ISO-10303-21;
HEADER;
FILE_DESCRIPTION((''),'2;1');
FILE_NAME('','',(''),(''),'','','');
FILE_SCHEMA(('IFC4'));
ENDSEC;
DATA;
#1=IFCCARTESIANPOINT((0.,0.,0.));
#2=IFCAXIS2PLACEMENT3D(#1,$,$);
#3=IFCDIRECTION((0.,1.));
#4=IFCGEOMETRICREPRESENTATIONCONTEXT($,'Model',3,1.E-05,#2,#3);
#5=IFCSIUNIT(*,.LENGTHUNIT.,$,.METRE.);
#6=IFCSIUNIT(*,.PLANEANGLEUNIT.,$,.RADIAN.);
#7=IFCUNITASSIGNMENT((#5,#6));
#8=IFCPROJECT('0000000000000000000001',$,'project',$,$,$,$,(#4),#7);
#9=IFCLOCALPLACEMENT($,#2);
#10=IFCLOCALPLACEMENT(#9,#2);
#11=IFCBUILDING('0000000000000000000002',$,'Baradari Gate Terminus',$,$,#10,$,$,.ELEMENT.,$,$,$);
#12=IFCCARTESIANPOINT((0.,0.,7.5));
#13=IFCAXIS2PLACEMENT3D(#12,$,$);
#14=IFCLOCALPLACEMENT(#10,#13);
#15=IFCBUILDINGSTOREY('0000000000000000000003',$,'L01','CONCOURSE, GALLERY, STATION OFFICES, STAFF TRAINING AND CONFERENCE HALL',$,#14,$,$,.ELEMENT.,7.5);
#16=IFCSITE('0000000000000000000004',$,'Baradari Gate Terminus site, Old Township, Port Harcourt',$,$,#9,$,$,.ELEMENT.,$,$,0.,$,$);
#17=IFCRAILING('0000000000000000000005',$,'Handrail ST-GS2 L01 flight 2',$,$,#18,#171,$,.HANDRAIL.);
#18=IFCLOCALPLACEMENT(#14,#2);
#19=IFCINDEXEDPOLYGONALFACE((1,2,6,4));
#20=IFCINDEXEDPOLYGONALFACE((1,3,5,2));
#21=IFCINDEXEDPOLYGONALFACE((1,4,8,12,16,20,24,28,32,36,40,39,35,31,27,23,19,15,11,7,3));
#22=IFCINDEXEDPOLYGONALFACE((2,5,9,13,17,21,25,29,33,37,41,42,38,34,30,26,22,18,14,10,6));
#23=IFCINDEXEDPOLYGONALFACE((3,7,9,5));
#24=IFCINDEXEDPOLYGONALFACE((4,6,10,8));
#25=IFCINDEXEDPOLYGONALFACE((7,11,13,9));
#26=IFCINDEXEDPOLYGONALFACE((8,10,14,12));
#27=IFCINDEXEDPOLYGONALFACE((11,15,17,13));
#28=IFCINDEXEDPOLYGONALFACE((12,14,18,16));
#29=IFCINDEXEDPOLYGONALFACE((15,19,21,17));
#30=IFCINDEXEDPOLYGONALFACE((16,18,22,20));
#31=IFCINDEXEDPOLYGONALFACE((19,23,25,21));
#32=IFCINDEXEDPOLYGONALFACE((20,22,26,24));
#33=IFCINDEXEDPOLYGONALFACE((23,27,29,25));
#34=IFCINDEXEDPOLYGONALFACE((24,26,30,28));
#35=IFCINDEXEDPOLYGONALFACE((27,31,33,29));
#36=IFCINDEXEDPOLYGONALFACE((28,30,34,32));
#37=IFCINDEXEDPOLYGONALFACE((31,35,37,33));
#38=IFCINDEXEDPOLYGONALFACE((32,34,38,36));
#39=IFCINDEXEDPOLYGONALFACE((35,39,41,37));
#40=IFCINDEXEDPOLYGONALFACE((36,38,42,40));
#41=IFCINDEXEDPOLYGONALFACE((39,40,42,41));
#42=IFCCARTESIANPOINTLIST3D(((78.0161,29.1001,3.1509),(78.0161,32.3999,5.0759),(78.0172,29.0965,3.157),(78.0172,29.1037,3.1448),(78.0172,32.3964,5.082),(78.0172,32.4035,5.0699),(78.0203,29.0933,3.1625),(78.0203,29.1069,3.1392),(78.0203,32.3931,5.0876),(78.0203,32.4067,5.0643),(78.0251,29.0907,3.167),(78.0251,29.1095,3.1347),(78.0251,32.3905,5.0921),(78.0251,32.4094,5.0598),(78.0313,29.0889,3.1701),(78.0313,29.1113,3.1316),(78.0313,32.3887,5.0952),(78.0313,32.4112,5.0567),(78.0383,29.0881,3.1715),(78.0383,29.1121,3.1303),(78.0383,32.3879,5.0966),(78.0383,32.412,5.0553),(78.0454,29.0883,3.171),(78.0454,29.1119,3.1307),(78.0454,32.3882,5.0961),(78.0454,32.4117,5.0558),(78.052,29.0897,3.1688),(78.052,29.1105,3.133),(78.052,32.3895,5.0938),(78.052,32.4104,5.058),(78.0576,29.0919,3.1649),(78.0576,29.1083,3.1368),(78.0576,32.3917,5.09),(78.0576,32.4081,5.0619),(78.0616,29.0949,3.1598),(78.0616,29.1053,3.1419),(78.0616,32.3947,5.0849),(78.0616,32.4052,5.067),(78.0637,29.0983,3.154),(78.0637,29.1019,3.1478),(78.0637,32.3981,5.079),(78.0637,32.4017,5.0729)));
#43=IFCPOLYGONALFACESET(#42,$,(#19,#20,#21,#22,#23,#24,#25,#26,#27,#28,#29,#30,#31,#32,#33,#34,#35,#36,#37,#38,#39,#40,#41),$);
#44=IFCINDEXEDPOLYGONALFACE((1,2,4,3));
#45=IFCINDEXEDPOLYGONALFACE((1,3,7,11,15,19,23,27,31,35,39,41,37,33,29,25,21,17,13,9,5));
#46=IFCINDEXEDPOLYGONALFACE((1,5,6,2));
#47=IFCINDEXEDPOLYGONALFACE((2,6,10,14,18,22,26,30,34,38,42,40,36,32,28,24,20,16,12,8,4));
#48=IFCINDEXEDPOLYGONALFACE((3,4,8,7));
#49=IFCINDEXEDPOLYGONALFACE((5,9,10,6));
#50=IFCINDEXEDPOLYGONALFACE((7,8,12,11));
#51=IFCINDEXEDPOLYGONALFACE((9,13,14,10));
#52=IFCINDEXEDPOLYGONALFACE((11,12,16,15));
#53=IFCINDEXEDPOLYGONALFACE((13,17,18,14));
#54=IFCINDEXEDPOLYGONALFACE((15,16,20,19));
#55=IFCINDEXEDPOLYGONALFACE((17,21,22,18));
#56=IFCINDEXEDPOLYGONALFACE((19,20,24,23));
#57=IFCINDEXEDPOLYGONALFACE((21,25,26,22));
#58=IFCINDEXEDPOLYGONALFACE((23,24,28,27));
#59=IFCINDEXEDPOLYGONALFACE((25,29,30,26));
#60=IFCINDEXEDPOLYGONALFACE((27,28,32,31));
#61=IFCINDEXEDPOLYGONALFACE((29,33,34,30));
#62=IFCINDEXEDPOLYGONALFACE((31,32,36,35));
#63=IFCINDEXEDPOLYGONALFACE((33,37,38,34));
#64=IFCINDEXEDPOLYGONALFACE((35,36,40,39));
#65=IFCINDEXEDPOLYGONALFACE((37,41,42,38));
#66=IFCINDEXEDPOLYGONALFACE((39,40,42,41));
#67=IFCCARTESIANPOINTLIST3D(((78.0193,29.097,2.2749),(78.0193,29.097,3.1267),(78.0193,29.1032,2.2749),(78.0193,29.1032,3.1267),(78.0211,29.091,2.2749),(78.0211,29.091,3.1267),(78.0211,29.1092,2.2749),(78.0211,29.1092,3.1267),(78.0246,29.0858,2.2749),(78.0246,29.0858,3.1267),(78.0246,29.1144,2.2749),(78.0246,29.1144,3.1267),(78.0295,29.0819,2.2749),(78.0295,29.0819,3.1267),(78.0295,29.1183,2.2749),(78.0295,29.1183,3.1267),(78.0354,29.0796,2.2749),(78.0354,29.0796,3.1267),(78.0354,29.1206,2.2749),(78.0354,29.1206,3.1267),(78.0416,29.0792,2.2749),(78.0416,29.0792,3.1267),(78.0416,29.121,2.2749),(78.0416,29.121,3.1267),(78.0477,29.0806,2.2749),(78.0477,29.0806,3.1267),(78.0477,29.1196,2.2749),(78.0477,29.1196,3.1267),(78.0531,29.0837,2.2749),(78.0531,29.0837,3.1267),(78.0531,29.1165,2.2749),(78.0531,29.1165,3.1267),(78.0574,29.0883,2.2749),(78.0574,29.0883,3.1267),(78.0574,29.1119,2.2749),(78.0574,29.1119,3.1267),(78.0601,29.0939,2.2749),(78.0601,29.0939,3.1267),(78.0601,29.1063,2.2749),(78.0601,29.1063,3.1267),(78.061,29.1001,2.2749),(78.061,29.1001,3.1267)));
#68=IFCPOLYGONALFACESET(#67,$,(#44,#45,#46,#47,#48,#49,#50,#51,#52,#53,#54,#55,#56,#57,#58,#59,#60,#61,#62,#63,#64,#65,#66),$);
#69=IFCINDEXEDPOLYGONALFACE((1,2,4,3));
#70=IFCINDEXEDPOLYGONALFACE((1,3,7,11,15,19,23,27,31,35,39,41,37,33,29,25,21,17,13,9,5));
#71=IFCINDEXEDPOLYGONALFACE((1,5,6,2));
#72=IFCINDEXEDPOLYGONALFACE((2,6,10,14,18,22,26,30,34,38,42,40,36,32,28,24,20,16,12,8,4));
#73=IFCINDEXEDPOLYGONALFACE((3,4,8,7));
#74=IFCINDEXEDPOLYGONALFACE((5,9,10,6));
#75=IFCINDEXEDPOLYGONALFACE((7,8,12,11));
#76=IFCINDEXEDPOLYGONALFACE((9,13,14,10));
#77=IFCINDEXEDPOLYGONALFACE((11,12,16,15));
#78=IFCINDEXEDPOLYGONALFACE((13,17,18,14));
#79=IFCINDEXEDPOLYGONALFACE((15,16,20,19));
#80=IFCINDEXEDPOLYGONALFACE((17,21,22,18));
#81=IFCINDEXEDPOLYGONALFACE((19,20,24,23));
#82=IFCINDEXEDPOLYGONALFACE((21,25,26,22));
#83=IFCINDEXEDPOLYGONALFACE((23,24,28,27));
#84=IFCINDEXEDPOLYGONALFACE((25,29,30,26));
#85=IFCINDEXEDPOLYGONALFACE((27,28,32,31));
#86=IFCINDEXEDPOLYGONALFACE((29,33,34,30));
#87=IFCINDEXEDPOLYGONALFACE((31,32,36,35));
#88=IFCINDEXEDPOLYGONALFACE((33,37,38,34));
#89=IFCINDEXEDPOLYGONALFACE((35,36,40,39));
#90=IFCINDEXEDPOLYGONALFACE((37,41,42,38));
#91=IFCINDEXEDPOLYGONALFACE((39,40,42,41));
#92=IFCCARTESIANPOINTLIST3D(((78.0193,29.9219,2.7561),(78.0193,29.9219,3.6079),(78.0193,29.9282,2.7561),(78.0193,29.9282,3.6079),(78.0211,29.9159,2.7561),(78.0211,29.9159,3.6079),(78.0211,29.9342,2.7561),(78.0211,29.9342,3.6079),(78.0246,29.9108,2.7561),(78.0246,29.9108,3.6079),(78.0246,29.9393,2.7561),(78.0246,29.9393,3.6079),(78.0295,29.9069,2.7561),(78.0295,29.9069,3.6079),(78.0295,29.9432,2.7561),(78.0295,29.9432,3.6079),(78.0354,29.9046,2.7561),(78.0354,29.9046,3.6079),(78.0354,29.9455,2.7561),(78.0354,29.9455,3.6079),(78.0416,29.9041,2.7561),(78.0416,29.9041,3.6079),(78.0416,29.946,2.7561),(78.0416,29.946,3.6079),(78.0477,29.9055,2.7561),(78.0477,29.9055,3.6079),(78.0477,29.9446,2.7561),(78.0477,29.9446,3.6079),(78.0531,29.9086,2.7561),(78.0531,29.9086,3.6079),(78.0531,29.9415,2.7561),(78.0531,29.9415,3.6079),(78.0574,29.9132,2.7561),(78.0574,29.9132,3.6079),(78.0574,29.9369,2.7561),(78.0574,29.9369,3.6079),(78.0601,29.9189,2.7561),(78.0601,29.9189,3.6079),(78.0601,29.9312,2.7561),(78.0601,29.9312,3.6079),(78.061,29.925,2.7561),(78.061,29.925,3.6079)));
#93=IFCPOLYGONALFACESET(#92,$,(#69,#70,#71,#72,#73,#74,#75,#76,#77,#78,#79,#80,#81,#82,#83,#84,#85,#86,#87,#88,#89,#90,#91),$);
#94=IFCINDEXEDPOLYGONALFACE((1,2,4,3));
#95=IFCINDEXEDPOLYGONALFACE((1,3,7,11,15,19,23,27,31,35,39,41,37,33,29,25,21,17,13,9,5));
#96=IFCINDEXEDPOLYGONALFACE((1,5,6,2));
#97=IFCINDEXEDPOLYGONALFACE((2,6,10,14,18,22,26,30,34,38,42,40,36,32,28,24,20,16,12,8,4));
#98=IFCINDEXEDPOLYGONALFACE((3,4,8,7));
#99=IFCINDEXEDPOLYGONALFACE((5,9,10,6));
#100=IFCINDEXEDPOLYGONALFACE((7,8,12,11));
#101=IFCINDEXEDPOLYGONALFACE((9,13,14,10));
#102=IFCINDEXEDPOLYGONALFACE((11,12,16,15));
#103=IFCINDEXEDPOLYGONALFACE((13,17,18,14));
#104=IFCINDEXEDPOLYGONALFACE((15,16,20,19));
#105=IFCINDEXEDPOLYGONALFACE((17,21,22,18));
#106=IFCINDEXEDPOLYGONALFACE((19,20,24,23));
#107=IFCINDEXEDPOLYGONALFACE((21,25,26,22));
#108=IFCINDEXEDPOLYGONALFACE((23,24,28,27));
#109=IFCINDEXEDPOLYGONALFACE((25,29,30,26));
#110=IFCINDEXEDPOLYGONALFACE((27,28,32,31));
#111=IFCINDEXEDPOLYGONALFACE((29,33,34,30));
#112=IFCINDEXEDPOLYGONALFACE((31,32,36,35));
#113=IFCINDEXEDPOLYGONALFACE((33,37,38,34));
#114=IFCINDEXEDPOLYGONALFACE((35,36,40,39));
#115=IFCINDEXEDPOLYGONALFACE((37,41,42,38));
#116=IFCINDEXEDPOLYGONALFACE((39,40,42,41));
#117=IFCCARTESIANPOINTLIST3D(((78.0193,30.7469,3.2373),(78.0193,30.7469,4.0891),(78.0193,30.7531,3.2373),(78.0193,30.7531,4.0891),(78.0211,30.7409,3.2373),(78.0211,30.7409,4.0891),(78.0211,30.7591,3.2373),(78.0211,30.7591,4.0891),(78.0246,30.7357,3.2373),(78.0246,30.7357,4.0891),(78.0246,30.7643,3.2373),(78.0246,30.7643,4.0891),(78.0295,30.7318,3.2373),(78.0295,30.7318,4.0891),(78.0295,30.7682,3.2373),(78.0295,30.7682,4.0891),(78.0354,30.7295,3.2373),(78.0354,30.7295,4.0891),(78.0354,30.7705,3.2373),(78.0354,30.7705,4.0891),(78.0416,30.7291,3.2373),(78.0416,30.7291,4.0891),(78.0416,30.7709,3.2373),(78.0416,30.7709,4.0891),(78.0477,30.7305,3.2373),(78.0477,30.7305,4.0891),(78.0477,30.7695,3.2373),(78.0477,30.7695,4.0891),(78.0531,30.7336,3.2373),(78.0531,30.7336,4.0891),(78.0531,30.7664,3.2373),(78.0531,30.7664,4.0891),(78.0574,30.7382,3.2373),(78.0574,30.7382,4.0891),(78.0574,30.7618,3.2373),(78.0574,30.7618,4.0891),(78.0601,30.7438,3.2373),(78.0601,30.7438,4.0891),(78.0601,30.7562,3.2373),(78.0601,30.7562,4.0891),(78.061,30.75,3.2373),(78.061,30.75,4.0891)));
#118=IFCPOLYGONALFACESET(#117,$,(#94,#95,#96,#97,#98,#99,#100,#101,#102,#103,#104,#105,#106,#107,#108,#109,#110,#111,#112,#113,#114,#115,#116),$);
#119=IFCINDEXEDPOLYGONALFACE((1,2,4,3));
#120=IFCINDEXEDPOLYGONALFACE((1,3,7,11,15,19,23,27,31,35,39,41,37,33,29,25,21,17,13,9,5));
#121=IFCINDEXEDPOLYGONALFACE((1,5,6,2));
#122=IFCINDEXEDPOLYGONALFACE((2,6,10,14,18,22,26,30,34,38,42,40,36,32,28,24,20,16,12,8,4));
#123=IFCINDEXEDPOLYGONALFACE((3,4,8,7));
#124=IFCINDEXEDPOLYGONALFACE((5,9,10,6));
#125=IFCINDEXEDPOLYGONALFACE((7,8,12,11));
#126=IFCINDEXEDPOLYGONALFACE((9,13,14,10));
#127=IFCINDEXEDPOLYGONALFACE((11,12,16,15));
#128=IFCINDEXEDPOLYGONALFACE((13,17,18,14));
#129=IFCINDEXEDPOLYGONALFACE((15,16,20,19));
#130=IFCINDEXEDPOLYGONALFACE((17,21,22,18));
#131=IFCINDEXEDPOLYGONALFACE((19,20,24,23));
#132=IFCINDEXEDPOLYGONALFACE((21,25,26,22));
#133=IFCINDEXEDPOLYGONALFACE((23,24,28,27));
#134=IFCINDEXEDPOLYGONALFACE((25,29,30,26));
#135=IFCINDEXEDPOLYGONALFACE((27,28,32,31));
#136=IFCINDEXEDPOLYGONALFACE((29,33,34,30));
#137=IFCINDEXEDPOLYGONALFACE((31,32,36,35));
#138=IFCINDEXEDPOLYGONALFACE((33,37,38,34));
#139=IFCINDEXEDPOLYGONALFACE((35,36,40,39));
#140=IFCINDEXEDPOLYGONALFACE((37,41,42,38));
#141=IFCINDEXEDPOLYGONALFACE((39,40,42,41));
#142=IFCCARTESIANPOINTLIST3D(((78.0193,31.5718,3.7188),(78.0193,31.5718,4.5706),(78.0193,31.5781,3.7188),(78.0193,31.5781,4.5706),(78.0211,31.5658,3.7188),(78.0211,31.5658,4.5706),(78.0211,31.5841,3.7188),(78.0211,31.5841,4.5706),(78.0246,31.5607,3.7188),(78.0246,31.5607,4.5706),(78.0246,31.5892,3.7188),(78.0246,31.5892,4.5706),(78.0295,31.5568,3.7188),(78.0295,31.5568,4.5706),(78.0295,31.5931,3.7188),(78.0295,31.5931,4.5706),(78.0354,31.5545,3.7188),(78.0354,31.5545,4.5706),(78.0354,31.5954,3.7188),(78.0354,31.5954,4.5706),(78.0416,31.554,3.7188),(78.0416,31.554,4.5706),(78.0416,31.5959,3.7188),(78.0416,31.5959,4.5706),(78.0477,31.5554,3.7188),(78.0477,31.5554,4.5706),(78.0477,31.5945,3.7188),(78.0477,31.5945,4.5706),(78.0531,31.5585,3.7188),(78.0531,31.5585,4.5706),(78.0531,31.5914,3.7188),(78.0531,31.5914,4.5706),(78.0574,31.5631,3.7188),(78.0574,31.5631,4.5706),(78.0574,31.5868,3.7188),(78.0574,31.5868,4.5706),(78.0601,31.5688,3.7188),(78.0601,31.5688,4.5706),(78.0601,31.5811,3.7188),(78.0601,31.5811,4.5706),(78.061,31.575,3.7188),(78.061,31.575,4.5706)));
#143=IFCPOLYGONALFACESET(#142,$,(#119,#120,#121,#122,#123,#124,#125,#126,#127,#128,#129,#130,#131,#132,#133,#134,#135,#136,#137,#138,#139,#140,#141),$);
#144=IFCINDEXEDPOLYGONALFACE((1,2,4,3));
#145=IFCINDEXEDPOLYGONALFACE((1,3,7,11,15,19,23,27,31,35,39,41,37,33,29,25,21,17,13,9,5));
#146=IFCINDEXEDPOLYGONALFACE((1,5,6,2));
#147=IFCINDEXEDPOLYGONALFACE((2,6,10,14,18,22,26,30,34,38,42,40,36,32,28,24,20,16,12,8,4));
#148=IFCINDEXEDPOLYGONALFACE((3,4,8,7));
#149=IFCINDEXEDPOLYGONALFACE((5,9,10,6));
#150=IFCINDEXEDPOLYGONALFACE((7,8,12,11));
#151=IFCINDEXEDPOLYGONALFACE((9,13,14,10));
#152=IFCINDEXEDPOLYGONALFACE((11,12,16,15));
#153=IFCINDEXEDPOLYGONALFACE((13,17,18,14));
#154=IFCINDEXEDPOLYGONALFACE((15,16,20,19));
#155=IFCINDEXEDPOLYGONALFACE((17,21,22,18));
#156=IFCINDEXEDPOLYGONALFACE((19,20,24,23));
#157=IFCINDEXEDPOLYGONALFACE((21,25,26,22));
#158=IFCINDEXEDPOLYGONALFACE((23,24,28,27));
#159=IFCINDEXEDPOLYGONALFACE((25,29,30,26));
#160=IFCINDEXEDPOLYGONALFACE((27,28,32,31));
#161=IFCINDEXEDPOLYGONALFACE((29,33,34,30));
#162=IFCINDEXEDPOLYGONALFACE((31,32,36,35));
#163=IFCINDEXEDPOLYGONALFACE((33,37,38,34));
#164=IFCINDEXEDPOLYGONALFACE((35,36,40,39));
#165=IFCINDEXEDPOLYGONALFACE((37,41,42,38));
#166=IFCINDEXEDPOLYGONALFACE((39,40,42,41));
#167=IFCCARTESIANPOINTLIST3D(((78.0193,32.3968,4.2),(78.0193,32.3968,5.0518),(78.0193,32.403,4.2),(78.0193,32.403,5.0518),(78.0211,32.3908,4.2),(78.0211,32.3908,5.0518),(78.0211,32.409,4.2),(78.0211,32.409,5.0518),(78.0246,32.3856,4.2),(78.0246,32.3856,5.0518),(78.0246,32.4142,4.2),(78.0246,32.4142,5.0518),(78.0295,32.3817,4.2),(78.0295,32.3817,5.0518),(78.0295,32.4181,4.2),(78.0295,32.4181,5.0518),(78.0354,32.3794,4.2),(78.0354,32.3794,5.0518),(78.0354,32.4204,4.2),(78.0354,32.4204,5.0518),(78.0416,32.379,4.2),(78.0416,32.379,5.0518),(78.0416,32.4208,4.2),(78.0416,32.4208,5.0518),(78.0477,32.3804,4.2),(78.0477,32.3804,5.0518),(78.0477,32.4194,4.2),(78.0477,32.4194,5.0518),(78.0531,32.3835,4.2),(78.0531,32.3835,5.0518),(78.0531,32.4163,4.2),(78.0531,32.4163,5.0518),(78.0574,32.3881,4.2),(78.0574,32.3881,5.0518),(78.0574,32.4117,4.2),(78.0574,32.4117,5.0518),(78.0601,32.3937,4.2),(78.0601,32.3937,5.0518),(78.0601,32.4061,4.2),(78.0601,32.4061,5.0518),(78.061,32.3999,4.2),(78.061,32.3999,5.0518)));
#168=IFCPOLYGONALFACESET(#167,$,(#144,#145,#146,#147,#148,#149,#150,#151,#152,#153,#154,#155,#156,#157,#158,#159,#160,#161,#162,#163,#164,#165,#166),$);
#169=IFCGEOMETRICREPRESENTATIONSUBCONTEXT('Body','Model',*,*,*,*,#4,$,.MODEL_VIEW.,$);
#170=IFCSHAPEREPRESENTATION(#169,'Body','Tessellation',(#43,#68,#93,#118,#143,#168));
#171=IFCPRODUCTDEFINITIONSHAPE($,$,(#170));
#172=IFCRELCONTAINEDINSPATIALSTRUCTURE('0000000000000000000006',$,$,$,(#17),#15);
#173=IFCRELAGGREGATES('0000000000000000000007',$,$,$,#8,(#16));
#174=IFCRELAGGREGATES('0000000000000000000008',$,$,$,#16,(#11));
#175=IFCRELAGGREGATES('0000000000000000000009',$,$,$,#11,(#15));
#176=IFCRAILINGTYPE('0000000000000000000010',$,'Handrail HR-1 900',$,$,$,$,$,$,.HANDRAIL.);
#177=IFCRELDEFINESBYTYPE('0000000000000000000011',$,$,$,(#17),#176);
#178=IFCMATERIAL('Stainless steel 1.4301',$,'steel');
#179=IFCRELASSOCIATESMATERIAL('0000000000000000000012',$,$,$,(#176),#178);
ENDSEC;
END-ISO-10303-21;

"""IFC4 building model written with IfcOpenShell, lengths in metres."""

from ifc_helpers import new_model, si_unit, direction, frame, origin, origin_2d, place, context, subcontext, project, spatial, circle, extrude, material, type_object, element, save


model = new_model("IFC4")

# Units and contexts
model_context = context("Model", 3, precision=1e-05, world=origin(), true_north=direction((0.0, 1.0)))
body_context = subcontext(model_context, "Body", "Model", "MODEL_VIEW")
ifc_project = project(units=[si_unit("LENGTHUNIT", "METRE"), si_unit("PLANEANGLEUNIT", "RADIAN")], contexts=[model_context])

# Site, building, storey
site_placement = place(None, origin())
site = spatial("IfcSite", under=ifc_project, at=site_placement, Name="Baradari Gate Terminus site, Old Township, Port Harcourt", CompositionType="ELEMENT", RefElevation=0.0)
building_placement = place(site_placement, origin())
building = spatial("IfcBuilding", under=site, at=building_placement, Name="Baradari Gate Terminus", CompositionType="ELEMENT")
storey_placement = place(building_placement, frame((0.0, 0.0, 7.5)))
storey = spatial("IfcBuildingStorey", under=building, at=storey_placement, Name="L01", Description="CONCOURSE, GALLERY, STATION OFFICES, STAFF TRAINING AND CONFERENCE HALL", CompositionType="ELEMENT", Elevation=7.5)

# Railing
ifc_material_1 = material(Name="Stainless steel 1.4301", Category="steel")
railing_type = type_object("IfcRailingType", Name="Handrail HR-1 900", PredefinedType="HANDRAIL", material=ifc_material_1)
for number, where, name in (
    (1, (78.04, 29.1001, 2.2749), "Handrail ST-GS2 L01 flight 2"),
):
    element("IfcRailing", number, at=place(storey_placement, frame(where)), inside=storey, type_object=railing_type, Name=name, PredefinedType="HANDRAIL", context=body_context, shape_type="SweptSolid", body=[
        extrude(circle(Radius=0.0239, at=origin_2d()), frame((0.0, 0.0, 0.876), z_axis=(0.0, 0.86376, 0.503903), x_axis=(-1.0, 0.0, 0.0)), (0.0, 0.0, 1.0), 3.8203),
        extrude(circle(Radius=0.021, at=origin_2d()), origin(), (0.0, 0.0, 1.0), 0.8518),
        extrude(circle(Radius=0.021, at=origin_2d()), frame((0.0, 0.825, 0.4812)), (0.0, 0.0, 1.0), 0.8518),
        extrude(circle(Radius=0.021, at=origin_2d()), frame((0.0, 1.6499, 0.9624)), (0.0, 0.0, 1.0), 0.8518),
        extrude(circle(Radius=0.021, at=origin_2d()), frame((0.0, 2.4749, 1.4438)), (0.0, 0.0, 1.0), 0.8518),
        extrude(circle(Radius=0.021, at=origin_2d()), frame((0.0, 3.2998, 1.925)), (0.0, 0.0, 1.0), 0.8518),
    ])

save(model, "model.ifc")
